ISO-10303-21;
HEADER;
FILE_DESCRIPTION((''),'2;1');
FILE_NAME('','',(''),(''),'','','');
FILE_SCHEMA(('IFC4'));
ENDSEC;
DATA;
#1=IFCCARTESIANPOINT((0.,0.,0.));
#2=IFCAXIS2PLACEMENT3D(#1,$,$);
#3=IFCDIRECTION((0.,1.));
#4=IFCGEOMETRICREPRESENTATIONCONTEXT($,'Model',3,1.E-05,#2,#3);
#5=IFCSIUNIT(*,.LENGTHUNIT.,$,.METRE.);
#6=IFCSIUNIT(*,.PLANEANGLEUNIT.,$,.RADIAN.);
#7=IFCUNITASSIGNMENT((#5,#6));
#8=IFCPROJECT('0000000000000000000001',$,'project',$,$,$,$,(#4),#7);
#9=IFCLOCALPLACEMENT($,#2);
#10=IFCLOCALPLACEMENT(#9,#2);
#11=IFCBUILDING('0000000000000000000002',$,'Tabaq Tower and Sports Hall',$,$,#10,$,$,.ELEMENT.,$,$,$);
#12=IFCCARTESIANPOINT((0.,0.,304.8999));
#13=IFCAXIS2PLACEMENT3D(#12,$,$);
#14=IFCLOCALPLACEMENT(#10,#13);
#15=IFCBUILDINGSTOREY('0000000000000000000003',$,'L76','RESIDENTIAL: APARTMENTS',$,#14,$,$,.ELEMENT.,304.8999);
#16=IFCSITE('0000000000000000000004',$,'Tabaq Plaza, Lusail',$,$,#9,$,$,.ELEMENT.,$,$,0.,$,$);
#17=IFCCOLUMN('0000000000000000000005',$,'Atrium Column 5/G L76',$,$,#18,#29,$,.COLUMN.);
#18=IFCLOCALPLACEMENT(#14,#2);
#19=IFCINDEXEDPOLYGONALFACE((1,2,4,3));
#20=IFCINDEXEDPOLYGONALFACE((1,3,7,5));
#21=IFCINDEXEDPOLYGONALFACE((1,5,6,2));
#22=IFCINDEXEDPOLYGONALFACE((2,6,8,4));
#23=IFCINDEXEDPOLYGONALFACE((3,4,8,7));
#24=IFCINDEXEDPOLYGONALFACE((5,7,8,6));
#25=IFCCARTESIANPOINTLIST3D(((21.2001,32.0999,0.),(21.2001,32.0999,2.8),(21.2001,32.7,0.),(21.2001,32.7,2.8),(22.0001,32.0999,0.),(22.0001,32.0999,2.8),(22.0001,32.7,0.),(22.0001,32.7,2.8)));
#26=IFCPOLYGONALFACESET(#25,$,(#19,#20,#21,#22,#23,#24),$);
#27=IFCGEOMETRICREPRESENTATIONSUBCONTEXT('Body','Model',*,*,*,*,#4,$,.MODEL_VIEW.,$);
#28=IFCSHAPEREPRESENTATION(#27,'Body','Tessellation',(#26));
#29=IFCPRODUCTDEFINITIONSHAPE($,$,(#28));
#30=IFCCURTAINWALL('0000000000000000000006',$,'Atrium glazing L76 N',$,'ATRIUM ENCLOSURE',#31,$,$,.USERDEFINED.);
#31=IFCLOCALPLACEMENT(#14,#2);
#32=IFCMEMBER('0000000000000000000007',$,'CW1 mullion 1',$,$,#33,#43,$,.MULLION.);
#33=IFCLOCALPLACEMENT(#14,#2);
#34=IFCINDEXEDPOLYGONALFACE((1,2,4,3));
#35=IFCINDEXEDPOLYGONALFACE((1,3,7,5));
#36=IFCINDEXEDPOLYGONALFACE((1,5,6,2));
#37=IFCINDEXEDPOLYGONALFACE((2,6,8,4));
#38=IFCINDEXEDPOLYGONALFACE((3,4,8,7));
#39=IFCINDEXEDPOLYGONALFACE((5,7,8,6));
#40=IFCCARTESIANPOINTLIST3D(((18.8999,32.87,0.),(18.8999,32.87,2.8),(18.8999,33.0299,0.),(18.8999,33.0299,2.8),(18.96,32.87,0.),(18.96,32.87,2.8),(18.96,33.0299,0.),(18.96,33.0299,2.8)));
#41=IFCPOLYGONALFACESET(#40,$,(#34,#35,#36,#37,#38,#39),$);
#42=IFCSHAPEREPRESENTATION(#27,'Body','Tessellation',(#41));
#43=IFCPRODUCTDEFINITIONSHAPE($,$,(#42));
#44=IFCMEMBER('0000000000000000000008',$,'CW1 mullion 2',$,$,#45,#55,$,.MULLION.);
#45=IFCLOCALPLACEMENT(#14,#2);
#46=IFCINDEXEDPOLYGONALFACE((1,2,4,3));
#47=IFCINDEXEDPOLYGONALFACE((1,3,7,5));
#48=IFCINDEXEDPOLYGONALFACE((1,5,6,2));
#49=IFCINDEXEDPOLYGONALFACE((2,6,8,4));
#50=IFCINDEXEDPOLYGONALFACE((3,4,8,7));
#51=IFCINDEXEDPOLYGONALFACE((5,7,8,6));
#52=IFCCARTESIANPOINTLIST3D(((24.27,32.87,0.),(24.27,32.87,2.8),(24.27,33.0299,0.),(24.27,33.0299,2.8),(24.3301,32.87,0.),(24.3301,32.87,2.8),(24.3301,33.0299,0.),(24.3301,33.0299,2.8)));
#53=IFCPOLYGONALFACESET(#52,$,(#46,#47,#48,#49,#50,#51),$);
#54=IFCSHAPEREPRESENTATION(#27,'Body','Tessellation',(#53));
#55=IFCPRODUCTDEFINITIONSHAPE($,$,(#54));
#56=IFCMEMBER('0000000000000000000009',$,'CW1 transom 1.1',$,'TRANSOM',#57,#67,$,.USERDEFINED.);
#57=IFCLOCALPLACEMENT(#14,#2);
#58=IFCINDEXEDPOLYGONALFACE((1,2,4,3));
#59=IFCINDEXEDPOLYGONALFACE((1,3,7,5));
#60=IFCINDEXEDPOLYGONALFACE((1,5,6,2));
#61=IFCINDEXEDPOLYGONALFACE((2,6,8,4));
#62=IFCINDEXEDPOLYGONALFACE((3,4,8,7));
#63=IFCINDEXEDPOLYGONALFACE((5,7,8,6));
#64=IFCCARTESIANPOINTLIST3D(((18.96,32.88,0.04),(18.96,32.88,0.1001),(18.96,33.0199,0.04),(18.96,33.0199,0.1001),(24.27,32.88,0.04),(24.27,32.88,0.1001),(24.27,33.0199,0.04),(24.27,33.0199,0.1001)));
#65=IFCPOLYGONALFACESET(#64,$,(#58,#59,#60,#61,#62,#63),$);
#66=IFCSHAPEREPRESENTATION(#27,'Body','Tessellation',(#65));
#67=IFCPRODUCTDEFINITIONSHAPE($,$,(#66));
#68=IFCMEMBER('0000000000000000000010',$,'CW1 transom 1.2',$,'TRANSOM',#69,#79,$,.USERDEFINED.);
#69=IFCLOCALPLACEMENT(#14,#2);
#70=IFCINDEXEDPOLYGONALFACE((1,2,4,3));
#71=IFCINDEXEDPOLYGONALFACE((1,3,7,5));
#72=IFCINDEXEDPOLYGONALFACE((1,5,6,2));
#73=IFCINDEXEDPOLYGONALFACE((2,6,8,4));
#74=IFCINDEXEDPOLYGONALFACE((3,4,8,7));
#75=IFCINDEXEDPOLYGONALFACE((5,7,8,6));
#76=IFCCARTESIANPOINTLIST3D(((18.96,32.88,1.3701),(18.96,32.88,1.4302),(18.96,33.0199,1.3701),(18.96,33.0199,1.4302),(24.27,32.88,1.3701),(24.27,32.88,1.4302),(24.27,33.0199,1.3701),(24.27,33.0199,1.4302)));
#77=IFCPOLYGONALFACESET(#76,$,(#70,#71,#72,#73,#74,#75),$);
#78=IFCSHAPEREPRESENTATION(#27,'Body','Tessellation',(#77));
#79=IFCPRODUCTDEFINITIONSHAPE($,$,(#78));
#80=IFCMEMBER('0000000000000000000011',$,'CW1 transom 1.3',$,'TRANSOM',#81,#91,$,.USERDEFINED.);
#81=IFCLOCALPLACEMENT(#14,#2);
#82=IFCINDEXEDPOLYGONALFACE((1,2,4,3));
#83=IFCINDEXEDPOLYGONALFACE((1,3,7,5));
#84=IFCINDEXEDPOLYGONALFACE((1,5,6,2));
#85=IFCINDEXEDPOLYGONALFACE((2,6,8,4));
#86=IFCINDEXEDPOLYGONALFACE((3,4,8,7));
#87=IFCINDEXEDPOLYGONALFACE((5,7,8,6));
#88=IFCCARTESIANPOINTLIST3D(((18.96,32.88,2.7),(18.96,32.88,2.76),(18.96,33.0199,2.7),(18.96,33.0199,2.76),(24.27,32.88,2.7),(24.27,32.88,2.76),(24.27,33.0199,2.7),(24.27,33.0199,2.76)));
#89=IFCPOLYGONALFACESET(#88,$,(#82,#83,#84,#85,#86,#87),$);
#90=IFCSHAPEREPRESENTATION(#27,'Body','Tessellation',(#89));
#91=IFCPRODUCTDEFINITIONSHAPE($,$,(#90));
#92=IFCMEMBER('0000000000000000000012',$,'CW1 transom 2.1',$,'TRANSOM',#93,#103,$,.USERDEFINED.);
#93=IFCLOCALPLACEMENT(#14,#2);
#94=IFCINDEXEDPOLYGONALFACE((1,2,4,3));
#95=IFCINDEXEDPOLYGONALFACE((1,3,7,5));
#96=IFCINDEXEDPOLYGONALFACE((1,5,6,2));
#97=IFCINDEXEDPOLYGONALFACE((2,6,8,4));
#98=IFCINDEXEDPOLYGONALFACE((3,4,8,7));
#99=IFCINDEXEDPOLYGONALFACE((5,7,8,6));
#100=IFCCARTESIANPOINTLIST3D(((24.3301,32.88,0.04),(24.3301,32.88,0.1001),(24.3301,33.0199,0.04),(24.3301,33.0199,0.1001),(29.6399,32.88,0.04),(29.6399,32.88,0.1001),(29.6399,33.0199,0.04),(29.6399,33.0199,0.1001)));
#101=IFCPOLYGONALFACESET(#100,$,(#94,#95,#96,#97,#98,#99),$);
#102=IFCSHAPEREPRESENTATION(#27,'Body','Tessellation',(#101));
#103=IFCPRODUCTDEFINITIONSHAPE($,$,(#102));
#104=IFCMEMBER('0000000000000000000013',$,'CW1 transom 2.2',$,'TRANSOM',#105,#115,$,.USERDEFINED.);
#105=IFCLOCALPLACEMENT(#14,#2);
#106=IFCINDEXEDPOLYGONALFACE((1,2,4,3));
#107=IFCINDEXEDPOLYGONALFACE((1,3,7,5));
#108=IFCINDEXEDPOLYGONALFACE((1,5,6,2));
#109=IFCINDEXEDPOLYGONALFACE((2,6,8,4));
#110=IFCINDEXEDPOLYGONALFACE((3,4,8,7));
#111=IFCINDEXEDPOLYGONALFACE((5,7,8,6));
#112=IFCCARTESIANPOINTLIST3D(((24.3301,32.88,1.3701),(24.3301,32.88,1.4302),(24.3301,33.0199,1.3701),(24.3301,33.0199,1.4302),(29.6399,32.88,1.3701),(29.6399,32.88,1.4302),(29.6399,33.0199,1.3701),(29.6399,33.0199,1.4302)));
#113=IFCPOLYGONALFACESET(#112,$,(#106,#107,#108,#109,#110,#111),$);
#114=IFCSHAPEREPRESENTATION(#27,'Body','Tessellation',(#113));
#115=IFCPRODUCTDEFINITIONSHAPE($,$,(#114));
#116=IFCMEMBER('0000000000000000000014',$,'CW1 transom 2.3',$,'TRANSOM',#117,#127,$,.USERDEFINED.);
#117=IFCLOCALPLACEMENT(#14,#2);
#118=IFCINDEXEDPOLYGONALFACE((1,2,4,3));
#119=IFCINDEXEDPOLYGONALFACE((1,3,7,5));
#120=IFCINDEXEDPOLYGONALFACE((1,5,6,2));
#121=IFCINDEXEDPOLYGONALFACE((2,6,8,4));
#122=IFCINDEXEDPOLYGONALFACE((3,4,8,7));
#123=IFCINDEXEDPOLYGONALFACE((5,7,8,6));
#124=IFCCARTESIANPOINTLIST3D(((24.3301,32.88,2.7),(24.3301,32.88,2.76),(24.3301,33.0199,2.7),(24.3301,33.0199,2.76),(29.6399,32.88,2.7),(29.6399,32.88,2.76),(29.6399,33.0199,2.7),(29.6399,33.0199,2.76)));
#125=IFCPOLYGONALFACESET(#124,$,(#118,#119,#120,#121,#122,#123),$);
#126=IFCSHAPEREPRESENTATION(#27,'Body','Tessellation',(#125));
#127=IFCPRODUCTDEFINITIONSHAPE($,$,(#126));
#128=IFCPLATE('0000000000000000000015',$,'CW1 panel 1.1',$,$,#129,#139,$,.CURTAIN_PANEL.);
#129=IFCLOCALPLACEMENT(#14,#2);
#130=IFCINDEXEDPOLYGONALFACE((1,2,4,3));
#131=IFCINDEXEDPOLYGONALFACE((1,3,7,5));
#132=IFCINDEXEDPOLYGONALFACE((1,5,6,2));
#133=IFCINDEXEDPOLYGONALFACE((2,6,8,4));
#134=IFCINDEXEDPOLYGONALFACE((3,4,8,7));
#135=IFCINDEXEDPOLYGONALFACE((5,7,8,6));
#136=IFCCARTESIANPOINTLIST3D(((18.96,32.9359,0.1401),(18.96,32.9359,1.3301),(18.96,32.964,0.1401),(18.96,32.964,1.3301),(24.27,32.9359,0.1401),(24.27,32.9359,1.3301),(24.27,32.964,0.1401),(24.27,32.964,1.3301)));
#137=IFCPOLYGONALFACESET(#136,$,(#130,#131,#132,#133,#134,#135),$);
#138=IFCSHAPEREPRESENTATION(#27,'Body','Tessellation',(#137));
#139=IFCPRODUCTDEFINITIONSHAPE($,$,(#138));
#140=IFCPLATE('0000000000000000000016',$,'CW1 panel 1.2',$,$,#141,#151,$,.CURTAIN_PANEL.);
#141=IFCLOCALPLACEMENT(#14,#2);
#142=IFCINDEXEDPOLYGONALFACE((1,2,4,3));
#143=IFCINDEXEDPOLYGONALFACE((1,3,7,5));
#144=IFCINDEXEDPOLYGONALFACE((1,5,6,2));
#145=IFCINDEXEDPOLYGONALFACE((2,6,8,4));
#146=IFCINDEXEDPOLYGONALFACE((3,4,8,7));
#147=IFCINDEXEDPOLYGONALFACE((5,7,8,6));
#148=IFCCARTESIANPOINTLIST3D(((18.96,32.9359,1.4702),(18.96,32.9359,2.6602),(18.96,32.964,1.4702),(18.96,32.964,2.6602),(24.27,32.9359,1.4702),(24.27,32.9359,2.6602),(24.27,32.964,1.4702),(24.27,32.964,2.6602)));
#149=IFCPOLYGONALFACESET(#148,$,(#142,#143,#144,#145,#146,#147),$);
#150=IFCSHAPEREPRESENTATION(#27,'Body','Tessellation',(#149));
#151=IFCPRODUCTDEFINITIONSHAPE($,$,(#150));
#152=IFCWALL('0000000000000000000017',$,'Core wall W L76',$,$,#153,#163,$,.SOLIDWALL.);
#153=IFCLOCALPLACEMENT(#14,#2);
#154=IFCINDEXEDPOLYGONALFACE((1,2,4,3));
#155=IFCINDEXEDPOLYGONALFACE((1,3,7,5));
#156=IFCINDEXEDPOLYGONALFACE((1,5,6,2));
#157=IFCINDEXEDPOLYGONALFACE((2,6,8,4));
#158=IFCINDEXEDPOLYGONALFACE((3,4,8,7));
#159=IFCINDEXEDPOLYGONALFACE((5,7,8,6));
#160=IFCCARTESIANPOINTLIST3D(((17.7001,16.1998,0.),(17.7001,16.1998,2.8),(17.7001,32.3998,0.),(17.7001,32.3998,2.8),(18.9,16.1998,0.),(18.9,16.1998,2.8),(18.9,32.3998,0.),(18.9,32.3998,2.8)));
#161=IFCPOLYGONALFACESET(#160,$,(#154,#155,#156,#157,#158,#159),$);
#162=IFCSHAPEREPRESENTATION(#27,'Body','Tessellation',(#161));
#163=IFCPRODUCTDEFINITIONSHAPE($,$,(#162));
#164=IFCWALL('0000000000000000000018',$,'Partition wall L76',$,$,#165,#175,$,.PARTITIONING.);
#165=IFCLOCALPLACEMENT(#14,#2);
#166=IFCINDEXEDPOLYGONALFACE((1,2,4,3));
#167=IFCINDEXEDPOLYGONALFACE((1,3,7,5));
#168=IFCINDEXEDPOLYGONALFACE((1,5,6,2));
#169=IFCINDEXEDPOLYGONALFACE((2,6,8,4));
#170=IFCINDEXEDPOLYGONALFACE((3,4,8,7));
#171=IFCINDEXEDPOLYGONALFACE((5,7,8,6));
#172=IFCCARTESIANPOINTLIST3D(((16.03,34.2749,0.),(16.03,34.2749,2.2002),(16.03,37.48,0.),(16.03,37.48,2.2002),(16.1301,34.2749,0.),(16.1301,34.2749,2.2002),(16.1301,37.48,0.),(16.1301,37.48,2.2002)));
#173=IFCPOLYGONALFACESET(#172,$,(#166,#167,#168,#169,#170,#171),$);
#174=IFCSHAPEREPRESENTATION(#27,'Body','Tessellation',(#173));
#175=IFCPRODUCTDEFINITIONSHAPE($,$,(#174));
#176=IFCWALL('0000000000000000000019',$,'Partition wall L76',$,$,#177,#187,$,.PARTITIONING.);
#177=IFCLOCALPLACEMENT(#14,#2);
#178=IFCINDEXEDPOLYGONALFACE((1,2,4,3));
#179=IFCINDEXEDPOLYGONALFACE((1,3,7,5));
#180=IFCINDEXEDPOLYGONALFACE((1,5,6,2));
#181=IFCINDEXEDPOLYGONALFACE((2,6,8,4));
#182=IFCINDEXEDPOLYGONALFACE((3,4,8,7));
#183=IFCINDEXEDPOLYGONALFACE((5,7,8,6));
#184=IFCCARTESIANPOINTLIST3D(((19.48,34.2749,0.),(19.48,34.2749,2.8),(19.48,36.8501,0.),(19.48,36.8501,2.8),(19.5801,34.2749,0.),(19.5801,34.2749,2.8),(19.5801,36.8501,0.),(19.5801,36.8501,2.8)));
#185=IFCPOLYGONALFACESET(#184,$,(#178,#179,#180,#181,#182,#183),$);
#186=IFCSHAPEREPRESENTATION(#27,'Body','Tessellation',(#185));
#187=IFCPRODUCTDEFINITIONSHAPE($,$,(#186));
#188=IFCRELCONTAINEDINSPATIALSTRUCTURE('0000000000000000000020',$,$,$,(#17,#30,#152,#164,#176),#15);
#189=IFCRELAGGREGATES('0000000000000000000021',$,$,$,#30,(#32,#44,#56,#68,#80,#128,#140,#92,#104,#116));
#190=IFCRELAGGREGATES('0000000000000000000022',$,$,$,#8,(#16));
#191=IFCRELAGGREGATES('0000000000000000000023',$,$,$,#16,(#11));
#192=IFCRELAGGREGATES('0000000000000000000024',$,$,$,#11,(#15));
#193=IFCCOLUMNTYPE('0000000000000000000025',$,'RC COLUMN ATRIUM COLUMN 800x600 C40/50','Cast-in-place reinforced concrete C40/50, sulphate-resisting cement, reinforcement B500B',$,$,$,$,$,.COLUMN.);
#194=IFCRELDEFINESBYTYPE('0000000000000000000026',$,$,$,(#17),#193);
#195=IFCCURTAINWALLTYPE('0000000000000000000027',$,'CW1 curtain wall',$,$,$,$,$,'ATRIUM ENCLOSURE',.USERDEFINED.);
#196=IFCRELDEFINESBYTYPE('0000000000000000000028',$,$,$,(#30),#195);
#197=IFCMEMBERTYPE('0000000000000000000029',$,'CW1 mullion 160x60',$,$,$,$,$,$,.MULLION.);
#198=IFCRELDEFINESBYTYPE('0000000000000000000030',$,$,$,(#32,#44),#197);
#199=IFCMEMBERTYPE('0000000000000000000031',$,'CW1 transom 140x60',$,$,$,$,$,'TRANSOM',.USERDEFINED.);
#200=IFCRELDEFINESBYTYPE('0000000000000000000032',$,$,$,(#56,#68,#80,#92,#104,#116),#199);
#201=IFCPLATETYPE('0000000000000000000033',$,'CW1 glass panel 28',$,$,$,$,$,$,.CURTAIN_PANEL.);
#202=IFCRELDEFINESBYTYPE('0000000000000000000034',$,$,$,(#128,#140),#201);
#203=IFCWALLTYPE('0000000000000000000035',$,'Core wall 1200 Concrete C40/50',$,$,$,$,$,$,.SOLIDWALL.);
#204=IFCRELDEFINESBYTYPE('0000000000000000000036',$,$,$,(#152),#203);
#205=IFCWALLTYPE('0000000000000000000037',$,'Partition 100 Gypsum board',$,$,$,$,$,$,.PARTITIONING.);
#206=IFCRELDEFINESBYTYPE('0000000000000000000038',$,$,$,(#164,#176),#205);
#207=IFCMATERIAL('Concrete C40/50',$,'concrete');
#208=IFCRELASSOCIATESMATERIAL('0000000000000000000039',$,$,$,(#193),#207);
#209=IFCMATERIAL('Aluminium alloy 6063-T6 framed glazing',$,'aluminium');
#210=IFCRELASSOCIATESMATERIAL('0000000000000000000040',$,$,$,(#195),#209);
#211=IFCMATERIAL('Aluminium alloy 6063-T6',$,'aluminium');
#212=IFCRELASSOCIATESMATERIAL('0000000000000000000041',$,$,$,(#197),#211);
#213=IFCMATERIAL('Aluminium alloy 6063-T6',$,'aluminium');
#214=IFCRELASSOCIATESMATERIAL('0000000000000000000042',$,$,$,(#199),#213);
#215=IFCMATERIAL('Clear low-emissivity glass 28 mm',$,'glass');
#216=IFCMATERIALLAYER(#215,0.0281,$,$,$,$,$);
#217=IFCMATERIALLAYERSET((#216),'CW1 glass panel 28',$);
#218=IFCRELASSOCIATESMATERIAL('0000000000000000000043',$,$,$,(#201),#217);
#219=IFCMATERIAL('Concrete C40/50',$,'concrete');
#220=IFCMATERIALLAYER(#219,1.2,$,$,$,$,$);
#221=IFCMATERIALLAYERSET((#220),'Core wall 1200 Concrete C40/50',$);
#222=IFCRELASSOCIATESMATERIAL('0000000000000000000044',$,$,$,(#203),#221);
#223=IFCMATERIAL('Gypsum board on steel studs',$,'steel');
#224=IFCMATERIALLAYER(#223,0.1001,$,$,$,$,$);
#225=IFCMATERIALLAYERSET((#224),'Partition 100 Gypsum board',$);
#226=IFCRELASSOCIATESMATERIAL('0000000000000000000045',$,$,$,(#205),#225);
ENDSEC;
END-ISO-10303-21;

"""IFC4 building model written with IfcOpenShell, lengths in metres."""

from ifc_helpers import new_model, si_unit, direction, frame, frame_2d, origin, origin_2d, place, context, subcontext, project, spatial, rectangle, extrude, material, layer, layer_set, material_profile, profile_set, type_object, element, aggregate, save


model = new_model("IFC4")

# Units and contexts
model_context = context("Model", 3, precision=1e-05, world=origin(), true_north=direction((0.0, 1.0)))
body_context = subcontext(model_context, "Body", "Model", "MODEL_VIEW")
ifc_project = project(units=[si_unit("LENGTHUNIT", "METRE"), si_unit("PLANEANGLEUNIT", "RADIAN")], contexts=[model_context])

# Site, building, storey
site_placement = place(None, origin())
site = spatial("IfcSite", under=ifc_project, at=site_placement, Name="Tabaq Plaza, Lusail", CompositionType="ELEMENT", RefElevation=0.0)
building_placement = place(site_placement, origin())
building = spatial("IfcBuilding", under=site, at=building_placement, Name="Tabaq Tower and Sports Hall", CompositionType="ELEMENT")
storey_placement = place(building_placement, frame((0.0, 0.0, 304.8999)))
storey = spatial("IfcBuildingStorey", under=building, at=storey_placement, Name="L76", Description="RESIDENTIAL: APARTMENTS", CompositionType="ELEMENT", Elevation=304.8999)

# Column
ifc_material_1 = material(Name="Concrete C40/50", Category="concrete")
ifc_material_profile_1 = material_profile(ifc_material_1, rectangle(XDim=0.8, YDim=0.6001, at=origin_2d()), Name="ATRIUM COLUMN 800x600")
ifc_profile_set_1 = profile_set([ifc_material_profile_1], Name="Concrete C40/50")
column_type = type_object("IfcColumnType", Name="RC COLUMN ATRIUM COLUMN 800x600 C40/50", Description="Cast-in-place reinforced concrete C40/50, sulphate-resisting cement, reinforcement B500B", PredefinedType="COLUMN", material=ifc_profile_set_1)
column_placement = place(storey_placement, frame((21.6001, 32.3999, 0.0), z_axis=(0.0, 0.0, 1.0), x_axis=(1.0, 0.0, 0.0)))
element("IfcColumn", 1, at=column_placement, inside=storey, type_object=column_type, Name="Atrium Column 5/G L76", PredefinedType="COLUMN", context=body_context, shape_type="SweptSolid", body=[
    extrude(rectangle(XDim=0.8, YDim=0.6001, at=origin_2d()), origin(), (0.0, 0.0, 1.0), 2.8),
])

# Curtain wall, members, plates
ifc_material_2 = material(Name="Aluminium alloy 6063-T6 framed glazing", Category="aluminium")
curtain_wall_type = type_object("IfcCurtainWallType", Name="CW1 curtain wall", ElementType="ATRIUM ENCLOSURE", PredefinedType="USERDEFINED", material=ifc_material_2)
curtain_wall_placement = place(storey_placement, origin())
curtain_wall = element("IfcCurtainWall", 2, at=curtain_wall_placement, inside=storey, type_object=curtain_wall_type, Name="Atrium glazing L76 N", ObjectType="ATRIUM ENCLOSURE", PredefinedType="USERDEFINED")
ifc_material_3 = material(Name="Aluminium alloy 6063-T6", Category="aluminium")
ifc_material_profile_2 = material_profile(ifc_material_3, rectangle(XDim=0.1599, YDim=0.0601, at=origin_2d()), Name="MULLION 160x60")
ifc_profile_set_2 = profile_set([ifc_material_profile_2], Name="Aluminium alloy 6063-T6")
member_type_1 = type_object("IfcMemberType", Name="CW1 mullion 160x60", PredefinedType="MULLION", material=ifc_profile_set_2)
member_1_placement = place(storey_placement, frame((18.9299, 32.95, 0.0), z_axis=(0.0, 0.0, 1.0), x_axis=(0.0, 1.0, 0.0)))
member_1 = element("IfcMember", 3, at=member_1_placement, type_object=member_type_1, Name="CW1 mullion 1", PredefinedType="MULLION", context=body_context, shape_type="SweptSolid", body=[
    extrude(rectangle(XDim=0.1599, YDim=0.0601, at=origin_2d()), origin(), (0.0, 0.0, 1.0), 2.8),
])
member_2_placement = place(storey_placement, frame((24.3, 32.95, 0.0), z_axis=(0.0, 0.0, 1.0), x_axis=(0.0, 1.0, 0.0)))
member_2 = element("IfcMember", 4, at=member_2_placement, type_object=member_type_1, Name="CW1 mullion 2", PredefinedType="MULLION", context=body_context, shape_type="SweptSolid", body=[
    extrude(rectangle(XDim=0.1599, YDim=0.0601, at=origin_2d()), origin(), (0.0, 0.0, 1.0), 2.8),
])
ifc_material_4 = material(Name="Aluminium alloy 6063-T6", Category="aluminium")
ifc_material_profile_3 = material_profile(ifc_material_4, rectangle(XDim=0.1399, YDim=0.0601, at=origin_2d()), Name="TRANSOM 140x60")
ifc_profile_set_3 = profile_set([ifc_material_profile_3], Name="Aluminium alloy 6063-T6")
member_type_2 = type_object("IfcMemberType", Name="CW1 transom 140x60", ElementType="TRANSOM", PredefinedType="USERDEFINED", material=ifc_profile_set_3)
member_3_placement = place(storey_placement, frame((18.96, 32.95, 0.0701), z_axis=(1.0, 0.0, 0.0), x_axis=(0.0, 1.0, 0.0)))
member_3 = element("IfcMember", 5, at=member_3_placement, type_object=member_type_2, Name="CW1 transom 1.1", ObjectType="TRANSOM", PredefinedType="USERDEFINED", context=body_context, shape_type="SweptSolid", body=[
    extrude(rectangle(XDim=0.1399, YDim=0.0601, at=origin_2d()), origin(), (0.0, 0.0, 1.0), 5.3101),
])
member_4_placement = place(storey_placement, frame((18.96, 32.95, 1.4001), z_axis=(1.0, 0.0, 0.0), x_axis=(0.0, 1.0, 0.0)))
member_4 = element("IfcMember", 6, at=member_4_placement, type_object=member_type_2, Name="CW1 transom 1.2", ObjectType="TRANSOM", PredefinedType="USERDEFINED", context=body_context, shape_type="SweptSolid", body=[
    extrude(rectangle(XDim=0.1399, YDim=0.0601, at=origin_2d()), origin(), (0.0, 0.0, 1.0), 5.3101),
])
member_5_placement = place(storey_placement, frame((18.96, 32.95, 2.73), z_axis=(1.0, 0.0, 0.0), x_axis=(0.0, 1.0, 0.0)))
member_5 = element("IfcMember", 7, at=member_5_placement, type_object=member_type_2, Name="CW1 transom 1.3", ObjectType="TRANSOM", PredefinedType="USERDEFINED", context=body_context, shape_type="SweptSolid", body=[
    extrude(rectangle(XDim=0.1399, YDim=0.0601, at=origin_2d()), origin(), (0.0, 0.0, 1.0), 5.3101),
])
member_6_placement = place(storey_placement, frame((24.3301, 32.95, 0.0701), z_axis=(1.0, 0.0, 0.0), x_axis=(0.0, 1.0, 0.0)))
member_6 = element("IfcMember", 8, at=member_6_placement, type_object=member_type_2, Name="CW1 transom 2.1", ObjectType="TRANSOM", PredefinedType="USERDEFINED", context=body_context, shape_type="SweptSolid", body=[
    extrude(rectangle(XDim=0.1399, YDim=0.0601, at=origin_2d()), origin(), (0.0, 0.0, 1.0), 5.3098),
])
member_7_placement = place(storey_placement, frame((24.3301, 32.95, 1.4001), z_axis=(1.0, 0.0, 0.0), x_axis=(0.0, 1.0, 0.0)))
member_7 = element("IfcMember", 9, at=member_7_placement, type_object=member_type_2, Name="CW1 transom 2.2", ObjectType="TRANSOM", PredefinedType="USERDEFINED", context=body_context, shape_type="SweptSolid", body=[
    extrude(rectangle(XDim=0.1399, YDim=0.0601, at=origin_2d()), origin(), (0.0, 0.0, 1.0), 5.3098),
])
member_8_placement = place(storey_placement, frame((24.3301, 32.95, 2.73), z_axis=(1.0, 0.0, 0.0), x_axis=(0.0, 1.0, 0.0)))
member_8 = element("IfcMember", 10, at=member_8_placement, type_object=member_type_2, Name="CW1 transom 2.3", ObjectType="TRANSOM", PredefinedType="USERDEFINED", context=body_context, shape_type="SweptSolid", body=[
    extrude(rectangle(XDim=0.1399, YDim=0.0601, at=origin_2d()), origin(), (0.0, 0.0, 1.0), 5.3098),
])
ifc_material_5 = material(Name="Clear low-emissivity glass 28 mm", Category="glass")
ifc_layer_1 = layer(ifc_material_5, 0.0281)
ifc_layer_set_1 = layer_set([ifc_layer_1], Name="CW1 glass panel 28")
plate_type = type_object("IfcPlateType", Name="CW1 glass panel 28", PredefinedType="CURTAIN_PANEL", material=ifc_layer_set_1)
plate_1_placement = place(storey_placement, frame((21.615, 32.95, 0.1401), z_axis=(0.0, 0.0, 1.0), x_axis=(1.0, 0.0, 0.0)))
plate_1 = element("IfcPlate", 11, at=plate_1_placement, type_object=plate_type, Name="CW1 panel 1.1", PredefinedType="CURTAIN_PANEL", context=body_context, shape_type="SweptSolid", body=[
    extrude(rectangle(XDim=5.3101, YDim=0.0281, at=origin_2d()), origin(), (0.0, 0.0, 1.0), 1.1899),
])
plate_2_placement = place(storey_placement, frame((21.615, 32.95, 1.4702), z_axis=(0.0, 0.0, 1.0), x_axis=(1.0, 0.0, 0.0)))
plate_2 = element("IfcPlate", 12, at=plate_2_placement, type_object=plate_type, Name="CW1 panel 1.2", PredefinedType="CURTAIN_PANEL", context=body_context, shape_type="SweptSolid", body=[
    extrude(rectangle(XDim=5.3101, YDim=0.0281, at=origin_2d()), origin(), (0.0, 0.0, 1.0), 1.1899),
])
aggregate(curtain_wall, [member_1, member_2, member_3, member_4, member_5, plate_1, plate_2, member_6, member_7, member_8])

# Walls
ifc_material_6 = material(Name="Concrete C40/50", Category="concrete")
ifc_layer_2 = layer(ifc_material_6, 1.2)
ifc_layer_set_2 = layer_set([ifc_layer_2], Name="Core wall 1200 Concrete C40/50")
wall_type_1 = type_object("IfcWallType", Name="Core wall 1200 Concrete C40/50", PredefinedType="SOLIDWALL", material=ifc_layer_set_2)
wall_1_placement = place(storey_placement, frame((18.3, 32.3999, 0.0), z_axis=(0.0, 0.0, 1.0), x_axis=(0.0, -1.0, 0.0)))
element("IfcWall", 13, at=wall_1_placement, inside=storey, type_object=wall_type_1, Name="Core wall W L76", PredefinedType="SOLIDWALL", context=body_context, shape_type="SweptSolid", body=[
    extrude(rectangle(XDim=16.2, YDim=1.2, at=frame_2d((8.1001, 0.0))), origin(), (0.0, 0.0, 1.0), 2.8),
])
ifc_material_7 = material(Name="Gypsum board on steel studs", Category="steel")
ifc_layer_3 = layer(ifc_material_7, 0.1001)
ifc_layer_set_3 = layer_set([ifc_layer_3], Name="Partition 100 Gypsum board")
wall_type_2 = type_object("IfcWallType", Name="Partition 100 Gypsum board", PredefinedType="PARTITIONING", material=ifc_layer_set_3)
wall_2_placement = place(storey_placement, frame((16.0801, 34.2749, 0.0), z_axis=(0.0, 0.0, 1.0), x_axis=(0.0, 1.0, 0.0)))
element("IfcWall", 14, at=wall_2_placement, inside=storey, type_object=wall_type_2, Name="Partition wall L76", PredefinedType="PARTITIONING", context=body_context, shape_type="SweptSolid", body=[
    extrude(rectangle(XDim=3.2051, YDim=0.1001, at=frame_2d((1.6025, 0.0))), origin(), (0.0, 0.0, 1.0), 2.2002),
])
wall_3_placement = place(storey_placement, frame((19.53, 34.2749, 0.0), z_axis=(0.0, 0.0, 1.0), x_axis=(0.0, 1.0, 0.0)))
element("IfcWall", 15, at=wall_3_placement, inside=storey, type_object=wall_type_2, Name="Partition wall L76", PredefinedType="PARTITIONING", context=body_context, shape_type="SweptSolid", body=[
    extrude(rectangle(XDim=2.5752, YDim=0.1001, at=frame_2d((1.2876, 0.0))), origin(), (0.0, 0.0, 1.0), 2.8),
])

save(model, "model.ifc")
